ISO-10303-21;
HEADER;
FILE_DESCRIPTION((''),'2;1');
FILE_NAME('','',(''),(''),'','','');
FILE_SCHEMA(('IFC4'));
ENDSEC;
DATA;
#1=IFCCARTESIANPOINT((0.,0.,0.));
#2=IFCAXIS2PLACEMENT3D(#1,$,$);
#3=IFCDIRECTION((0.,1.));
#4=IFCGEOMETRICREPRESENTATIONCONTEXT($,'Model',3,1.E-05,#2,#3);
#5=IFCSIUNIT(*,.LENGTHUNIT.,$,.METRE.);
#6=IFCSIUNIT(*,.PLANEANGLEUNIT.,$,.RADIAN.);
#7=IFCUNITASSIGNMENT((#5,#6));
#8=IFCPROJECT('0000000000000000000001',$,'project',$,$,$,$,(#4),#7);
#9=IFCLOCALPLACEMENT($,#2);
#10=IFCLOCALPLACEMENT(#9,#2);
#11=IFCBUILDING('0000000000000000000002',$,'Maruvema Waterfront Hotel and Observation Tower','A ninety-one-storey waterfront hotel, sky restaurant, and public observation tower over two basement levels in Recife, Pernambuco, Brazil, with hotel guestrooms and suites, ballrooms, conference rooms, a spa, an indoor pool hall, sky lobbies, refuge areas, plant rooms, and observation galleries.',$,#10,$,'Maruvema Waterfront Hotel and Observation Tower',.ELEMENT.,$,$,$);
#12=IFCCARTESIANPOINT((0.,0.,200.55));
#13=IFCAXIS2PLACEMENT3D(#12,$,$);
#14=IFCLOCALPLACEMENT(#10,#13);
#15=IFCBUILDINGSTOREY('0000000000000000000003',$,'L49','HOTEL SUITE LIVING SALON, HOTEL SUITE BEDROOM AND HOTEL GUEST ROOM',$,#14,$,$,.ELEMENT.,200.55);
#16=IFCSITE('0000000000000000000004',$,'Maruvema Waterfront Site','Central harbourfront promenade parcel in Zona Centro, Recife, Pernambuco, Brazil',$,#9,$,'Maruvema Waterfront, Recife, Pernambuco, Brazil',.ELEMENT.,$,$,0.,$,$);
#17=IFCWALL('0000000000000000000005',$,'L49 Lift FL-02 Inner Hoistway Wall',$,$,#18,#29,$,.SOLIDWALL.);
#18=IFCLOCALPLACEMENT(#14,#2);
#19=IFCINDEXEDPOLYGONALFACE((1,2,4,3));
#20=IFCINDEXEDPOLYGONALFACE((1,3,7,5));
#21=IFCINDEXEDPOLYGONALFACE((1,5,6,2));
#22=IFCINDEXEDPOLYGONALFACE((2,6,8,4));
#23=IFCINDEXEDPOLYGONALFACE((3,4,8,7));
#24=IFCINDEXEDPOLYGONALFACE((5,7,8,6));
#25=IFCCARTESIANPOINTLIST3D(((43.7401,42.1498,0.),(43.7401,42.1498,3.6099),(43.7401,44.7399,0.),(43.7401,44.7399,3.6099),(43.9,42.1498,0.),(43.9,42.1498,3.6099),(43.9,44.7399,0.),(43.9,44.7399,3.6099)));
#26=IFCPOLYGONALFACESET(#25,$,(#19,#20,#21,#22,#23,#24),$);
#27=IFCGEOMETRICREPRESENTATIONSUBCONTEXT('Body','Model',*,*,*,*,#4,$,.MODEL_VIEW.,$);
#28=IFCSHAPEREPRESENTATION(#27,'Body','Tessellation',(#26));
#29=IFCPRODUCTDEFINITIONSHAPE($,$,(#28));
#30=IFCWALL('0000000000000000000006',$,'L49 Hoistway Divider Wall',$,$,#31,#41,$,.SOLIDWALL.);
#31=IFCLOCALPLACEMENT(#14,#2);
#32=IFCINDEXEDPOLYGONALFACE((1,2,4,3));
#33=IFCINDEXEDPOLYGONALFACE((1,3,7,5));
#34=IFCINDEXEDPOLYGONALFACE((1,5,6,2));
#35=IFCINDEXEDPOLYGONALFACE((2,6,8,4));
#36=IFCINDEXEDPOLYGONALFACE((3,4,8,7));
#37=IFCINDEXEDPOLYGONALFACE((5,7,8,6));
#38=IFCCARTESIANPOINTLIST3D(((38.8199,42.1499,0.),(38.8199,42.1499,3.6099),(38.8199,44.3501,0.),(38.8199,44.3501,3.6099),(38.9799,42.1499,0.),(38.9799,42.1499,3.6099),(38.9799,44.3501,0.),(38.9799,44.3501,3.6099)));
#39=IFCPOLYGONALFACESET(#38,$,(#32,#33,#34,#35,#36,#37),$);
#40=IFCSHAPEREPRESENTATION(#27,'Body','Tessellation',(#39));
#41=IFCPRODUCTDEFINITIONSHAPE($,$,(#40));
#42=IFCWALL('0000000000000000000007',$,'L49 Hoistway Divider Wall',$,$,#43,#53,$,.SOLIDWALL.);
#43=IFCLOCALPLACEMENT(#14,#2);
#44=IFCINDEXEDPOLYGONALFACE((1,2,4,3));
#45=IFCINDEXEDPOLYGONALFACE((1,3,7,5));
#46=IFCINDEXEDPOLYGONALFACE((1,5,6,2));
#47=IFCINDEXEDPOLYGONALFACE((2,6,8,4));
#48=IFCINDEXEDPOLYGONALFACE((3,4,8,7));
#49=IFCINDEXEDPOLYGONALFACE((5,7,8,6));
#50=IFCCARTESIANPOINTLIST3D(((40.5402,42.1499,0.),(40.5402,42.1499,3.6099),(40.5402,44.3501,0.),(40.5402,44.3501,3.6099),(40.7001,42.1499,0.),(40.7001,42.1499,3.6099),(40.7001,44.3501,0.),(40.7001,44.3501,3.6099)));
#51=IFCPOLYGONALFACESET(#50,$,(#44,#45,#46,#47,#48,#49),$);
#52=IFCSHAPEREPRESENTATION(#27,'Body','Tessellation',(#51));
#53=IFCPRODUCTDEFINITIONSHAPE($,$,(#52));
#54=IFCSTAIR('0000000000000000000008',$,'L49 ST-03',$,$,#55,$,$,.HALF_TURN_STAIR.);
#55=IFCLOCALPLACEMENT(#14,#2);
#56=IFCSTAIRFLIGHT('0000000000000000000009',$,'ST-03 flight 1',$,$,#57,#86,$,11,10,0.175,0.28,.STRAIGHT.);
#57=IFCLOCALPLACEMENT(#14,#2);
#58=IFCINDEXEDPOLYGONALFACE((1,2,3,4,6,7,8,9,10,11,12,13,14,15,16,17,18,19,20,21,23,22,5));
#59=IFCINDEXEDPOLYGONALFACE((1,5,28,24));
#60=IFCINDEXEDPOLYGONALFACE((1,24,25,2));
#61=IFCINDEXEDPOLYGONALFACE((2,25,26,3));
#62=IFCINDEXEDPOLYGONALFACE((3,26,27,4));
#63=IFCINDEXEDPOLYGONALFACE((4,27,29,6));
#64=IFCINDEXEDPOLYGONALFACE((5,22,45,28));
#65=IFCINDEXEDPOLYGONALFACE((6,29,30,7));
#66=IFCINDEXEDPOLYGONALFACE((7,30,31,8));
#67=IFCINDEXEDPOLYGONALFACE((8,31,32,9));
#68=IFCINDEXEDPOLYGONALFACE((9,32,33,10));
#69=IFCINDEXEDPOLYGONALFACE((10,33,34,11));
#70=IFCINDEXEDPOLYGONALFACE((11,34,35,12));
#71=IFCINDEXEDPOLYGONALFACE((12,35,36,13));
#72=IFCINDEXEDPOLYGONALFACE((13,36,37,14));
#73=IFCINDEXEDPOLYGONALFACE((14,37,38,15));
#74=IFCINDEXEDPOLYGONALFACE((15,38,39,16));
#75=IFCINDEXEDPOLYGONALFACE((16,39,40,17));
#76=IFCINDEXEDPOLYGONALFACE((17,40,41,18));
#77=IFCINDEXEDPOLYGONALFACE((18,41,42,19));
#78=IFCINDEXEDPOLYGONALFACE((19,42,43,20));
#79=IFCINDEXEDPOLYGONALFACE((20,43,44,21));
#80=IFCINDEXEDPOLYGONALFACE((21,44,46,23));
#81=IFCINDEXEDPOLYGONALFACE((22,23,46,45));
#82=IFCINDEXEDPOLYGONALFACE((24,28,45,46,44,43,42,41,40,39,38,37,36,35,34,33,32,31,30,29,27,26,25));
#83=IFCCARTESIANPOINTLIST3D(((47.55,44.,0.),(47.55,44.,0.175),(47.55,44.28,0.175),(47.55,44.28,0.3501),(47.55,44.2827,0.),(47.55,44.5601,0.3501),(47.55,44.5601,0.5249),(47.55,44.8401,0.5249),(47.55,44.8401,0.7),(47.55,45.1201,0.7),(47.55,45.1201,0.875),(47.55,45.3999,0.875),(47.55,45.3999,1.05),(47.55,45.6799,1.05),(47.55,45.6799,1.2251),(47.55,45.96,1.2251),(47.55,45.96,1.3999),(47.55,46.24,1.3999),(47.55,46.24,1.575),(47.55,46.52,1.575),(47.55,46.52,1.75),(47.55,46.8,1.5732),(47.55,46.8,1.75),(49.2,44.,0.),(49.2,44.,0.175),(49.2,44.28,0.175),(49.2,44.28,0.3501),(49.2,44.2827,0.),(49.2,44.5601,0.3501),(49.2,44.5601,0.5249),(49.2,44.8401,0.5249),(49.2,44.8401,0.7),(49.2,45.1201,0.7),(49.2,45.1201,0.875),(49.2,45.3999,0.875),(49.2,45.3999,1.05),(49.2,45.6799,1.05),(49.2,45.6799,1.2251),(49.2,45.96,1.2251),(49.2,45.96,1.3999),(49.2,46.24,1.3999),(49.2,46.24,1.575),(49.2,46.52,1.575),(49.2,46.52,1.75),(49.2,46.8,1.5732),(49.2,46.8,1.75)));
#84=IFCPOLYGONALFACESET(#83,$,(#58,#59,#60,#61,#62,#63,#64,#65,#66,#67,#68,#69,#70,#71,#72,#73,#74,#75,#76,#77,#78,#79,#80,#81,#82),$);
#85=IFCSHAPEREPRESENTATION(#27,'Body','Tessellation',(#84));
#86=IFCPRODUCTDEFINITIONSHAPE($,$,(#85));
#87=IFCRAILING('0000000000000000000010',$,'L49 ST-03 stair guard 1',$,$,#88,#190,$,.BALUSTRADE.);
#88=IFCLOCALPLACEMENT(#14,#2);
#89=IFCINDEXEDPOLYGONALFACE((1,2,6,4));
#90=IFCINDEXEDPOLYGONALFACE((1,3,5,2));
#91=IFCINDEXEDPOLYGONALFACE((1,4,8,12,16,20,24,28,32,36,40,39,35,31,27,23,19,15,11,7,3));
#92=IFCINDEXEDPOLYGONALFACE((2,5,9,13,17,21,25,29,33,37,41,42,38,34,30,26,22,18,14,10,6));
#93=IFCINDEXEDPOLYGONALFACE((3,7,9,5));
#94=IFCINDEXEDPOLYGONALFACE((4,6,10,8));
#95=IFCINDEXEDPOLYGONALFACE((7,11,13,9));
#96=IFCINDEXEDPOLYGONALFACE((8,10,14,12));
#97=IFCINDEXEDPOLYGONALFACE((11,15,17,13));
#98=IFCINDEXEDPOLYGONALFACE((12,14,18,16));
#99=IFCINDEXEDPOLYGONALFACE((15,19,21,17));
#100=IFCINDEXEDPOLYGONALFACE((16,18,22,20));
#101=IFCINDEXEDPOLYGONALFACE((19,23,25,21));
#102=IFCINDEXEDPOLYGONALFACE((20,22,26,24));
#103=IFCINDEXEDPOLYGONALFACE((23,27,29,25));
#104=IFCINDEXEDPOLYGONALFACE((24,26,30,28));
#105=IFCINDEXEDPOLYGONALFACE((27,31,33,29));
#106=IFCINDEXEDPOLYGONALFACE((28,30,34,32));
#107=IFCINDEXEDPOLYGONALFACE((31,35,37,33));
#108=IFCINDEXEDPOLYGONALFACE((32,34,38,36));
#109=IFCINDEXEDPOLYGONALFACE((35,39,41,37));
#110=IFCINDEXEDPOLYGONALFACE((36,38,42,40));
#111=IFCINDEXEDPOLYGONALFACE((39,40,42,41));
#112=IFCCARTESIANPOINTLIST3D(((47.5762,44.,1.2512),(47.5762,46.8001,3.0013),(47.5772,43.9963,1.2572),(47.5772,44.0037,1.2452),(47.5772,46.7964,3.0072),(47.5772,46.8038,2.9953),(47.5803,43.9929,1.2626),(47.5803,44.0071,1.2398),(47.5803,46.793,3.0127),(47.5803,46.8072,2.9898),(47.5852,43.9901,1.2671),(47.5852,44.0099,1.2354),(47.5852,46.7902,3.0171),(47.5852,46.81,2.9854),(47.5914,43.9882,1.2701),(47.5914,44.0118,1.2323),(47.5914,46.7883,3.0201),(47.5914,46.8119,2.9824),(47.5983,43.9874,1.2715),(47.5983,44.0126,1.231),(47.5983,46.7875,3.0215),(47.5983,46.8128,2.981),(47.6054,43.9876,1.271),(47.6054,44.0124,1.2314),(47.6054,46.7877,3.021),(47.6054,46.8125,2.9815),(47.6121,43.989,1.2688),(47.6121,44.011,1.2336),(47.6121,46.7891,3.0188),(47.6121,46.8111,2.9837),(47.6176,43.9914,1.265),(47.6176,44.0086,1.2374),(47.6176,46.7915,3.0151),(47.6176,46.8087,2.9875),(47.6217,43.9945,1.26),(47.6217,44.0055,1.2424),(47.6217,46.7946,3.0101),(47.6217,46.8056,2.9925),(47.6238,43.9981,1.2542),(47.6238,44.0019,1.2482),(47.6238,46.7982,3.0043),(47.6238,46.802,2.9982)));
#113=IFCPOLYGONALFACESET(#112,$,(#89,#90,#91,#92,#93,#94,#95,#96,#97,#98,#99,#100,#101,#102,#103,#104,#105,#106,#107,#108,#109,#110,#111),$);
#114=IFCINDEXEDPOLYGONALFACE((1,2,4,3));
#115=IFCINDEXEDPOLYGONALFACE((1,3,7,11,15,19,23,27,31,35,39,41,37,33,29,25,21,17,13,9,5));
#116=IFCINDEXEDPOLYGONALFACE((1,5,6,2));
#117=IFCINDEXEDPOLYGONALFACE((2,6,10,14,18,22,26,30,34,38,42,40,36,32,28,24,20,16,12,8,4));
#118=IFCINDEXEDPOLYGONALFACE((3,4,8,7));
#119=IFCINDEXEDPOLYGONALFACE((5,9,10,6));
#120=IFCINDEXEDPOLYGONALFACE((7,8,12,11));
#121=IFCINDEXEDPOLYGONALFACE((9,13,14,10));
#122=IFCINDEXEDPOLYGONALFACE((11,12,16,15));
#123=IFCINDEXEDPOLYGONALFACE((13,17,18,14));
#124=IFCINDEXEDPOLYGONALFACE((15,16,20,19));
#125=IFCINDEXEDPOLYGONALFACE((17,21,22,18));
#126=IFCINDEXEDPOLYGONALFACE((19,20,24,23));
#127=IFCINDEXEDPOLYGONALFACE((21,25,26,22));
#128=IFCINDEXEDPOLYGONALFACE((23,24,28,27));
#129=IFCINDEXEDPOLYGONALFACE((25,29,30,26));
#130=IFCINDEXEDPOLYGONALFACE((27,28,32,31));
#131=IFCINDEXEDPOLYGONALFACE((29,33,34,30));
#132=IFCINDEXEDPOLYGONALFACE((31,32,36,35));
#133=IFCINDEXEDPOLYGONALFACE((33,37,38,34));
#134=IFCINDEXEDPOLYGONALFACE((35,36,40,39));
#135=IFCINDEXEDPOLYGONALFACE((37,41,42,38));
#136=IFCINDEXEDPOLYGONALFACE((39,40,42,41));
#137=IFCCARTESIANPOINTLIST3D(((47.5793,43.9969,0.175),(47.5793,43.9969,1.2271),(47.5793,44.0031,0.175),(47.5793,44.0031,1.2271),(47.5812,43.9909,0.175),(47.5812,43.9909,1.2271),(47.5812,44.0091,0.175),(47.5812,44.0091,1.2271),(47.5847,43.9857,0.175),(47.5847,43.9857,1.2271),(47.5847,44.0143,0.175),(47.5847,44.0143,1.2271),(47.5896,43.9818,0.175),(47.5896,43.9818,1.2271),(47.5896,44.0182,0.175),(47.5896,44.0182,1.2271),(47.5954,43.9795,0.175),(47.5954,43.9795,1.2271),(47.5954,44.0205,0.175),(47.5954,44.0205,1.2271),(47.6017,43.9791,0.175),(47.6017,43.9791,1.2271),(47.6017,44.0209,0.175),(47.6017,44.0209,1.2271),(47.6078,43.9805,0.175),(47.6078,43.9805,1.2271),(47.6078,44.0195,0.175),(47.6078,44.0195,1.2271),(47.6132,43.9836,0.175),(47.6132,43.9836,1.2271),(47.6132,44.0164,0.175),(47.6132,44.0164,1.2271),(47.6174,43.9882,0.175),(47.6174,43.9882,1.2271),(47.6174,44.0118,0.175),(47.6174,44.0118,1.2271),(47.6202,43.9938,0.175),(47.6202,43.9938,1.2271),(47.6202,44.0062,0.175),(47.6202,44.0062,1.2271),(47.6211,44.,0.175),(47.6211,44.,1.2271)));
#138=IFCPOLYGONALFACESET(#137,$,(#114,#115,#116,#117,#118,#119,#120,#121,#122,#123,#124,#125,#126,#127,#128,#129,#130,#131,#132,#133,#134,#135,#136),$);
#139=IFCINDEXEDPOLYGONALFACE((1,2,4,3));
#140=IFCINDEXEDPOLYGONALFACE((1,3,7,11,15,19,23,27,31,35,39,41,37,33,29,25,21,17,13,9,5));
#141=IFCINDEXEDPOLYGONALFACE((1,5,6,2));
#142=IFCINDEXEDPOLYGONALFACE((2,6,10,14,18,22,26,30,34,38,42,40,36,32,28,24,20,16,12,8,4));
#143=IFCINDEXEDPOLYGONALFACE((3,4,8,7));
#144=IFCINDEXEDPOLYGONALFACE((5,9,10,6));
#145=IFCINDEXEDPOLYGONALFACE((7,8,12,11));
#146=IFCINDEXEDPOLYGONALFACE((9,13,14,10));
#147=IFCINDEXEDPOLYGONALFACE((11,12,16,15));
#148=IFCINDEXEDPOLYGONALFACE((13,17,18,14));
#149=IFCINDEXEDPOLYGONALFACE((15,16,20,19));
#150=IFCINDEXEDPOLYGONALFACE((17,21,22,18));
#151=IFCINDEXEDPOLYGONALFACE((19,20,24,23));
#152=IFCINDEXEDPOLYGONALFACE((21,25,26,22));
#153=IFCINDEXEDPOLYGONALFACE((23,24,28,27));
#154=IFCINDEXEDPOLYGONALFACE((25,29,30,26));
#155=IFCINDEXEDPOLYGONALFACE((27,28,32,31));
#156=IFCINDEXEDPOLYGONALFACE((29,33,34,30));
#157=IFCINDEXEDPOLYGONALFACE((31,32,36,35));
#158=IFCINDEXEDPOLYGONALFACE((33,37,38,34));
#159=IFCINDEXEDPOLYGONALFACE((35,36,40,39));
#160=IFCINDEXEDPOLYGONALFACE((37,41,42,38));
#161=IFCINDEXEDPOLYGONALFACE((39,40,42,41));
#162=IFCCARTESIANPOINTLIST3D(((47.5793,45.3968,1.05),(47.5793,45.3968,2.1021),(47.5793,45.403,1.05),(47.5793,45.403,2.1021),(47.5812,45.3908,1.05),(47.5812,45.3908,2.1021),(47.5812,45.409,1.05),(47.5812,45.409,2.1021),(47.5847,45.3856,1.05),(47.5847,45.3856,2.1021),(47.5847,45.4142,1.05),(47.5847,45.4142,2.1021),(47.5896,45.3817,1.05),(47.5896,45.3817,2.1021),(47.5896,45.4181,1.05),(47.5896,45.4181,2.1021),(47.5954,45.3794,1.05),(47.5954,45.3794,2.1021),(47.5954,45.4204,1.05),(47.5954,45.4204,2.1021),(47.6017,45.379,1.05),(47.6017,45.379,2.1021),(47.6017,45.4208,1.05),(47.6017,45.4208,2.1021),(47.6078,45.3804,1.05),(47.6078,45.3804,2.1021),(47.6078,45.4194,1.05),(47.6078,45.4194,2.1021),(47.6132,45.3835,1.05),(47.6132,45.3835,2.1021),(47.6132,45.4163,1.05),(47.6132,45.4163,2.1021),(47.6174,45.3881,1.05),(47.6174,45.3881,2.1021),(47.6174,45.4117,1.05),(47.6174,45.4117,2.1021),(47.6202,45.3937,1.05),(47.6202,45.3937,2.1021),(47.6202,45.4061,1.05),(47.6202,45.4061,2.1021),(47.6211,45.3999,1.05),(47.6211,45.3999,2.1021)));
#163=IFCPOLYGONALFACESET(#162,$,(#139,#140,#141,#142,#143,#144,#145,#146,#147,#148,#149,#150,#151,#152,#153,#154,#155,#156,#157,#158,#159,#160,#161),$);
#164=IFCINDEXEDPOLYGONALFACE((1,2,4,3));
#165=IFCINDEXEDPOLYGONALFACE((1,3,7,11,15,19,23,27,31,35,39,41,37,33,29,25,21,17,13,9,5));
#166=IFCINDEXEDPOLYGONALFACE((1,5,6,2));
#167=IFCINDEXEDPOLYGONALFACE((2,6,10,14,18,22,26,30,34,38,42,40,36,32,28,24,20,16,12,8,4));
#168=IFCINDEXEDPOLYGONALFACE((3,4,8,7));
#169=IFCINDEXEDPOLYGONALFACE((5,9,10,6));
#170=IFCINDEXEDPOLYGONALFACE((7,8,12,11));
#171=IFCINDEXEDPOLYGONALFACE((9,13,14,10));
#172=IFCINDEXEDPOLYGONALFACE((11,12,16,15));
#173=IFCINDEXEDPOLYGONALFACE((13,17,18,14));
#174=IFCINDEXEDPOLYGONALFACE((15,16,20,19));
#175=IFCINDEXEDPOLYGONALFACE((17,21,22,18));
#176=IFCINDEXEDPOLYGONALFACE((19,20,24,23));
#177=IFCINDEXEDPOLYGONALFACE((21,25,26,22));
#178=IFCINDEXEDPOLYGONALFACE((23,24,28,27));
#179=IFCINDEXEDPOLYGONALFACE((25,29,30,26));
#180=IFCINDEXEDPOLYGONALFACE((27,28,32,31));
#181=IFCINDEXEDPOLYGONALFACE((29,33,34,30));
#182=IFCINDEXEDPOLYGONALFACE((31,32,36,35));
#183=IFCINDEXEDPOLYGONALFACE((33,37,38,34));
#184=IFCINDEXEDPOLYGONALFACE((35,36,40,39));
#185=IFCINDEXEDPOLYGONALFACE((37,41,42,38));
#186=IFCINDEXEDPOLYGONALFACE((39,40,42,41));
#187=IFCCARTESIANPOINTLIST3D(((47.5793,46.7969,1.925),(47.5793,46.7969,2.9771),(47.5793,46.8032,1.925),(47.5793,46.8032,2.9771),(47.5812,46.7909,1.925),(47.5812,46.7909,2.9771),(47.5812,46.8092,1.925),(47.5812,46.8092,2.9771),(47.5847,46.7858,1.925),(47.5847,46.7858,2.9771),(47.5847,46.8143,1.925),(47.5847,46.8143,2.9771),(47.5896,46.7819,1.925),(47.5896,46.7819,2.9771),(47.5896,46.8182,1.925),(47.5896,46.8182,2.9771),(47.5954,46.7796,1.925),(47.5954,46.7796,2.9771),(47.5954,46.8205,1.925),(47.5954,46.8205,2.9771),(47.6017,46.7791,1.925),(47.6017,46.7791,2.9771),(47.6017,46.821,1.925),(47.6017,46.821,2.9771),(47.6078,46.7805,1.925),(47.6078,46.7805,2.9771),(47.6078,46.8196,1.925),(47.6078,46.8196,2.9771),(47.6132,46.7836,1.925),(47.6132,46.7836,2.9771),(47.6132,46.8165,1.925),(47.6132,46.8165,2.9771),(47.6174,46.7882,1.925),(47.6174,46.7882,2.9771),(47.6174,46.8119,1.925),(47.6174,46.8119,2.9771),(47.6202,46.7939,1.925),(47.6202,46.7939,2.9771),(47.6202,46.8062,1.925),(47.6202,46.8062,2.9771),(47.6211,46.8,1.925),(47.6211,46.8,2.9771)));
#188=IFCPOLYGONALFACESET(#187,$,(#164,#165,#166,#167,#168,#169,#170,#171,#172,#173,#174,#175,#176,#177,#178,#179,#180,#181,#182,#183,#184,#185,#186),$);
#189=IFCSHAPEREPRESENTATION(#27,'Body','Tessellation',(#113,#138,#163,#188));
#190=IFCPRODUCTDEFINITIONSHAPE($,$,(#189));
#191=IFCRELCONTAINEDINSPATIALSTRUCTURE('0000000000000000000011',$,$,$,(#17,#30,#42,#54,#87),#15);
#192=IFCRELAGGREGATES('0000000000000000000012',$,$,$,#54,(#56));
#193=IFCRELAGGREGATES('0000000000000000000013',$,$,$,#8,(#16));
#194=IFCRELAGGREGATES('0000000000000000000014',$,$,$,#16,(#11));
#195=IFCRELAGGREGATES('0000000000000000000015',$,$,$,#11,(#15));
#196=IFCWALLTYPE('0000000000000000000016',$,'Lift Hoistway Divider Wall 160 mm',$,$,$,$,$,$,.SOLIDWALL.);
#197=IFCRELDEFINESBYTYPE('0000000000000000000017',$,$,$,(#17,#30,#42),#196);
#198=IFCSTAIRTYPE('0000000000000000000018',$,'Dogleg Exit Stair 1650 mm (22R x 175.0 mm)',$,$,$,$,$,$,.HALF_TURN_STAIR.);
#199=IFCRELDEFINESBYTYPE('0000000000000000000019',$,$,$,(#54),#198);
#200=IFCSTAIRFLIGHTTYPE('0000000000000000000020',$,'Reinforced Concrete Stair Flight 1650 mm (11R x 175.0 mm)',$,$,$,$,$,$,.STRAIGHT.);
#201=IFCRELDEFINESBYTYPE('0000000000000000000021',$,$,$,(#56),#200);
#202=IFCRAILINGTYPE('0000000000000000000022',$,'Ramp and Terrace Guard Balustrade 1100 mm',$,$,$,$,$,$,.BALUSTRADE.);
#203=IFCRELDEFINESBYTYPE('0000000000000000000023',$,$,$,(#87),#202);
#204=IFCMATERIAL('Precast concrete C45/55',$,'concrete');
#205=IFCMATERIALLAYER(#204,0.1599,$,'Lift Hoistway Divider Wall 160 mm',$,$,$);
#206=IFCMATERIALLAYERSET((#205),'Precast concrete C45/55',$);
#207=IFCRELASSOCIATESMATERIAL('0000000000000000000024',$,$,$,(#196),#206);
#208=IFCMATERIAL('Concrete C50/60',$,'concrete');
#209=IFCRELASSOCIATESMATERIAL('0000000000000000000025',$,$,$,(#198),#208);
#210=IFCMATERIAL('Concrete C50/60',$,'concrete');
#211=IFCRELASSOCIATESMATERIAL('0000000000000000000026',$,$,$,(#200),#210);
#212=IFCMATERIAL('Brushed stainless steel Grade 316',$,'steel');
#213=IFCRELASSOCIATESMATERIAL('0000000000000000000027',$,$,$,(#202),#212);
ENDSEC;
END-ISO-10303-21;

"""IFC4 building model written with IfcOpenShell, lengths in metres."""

from ifc_helpers import new_model, si_unit, direction, frame, frame_2d, origin, origin_2d, place, context, subcontext, project, spatial, polyline, rectangle, circle, outline, extrude, material, layer, layer_set, type_object, element, aggregate, save


model = new_model("IFC4")

# Units and contexts
model_context = context("Model", 3, precision=1e-05, world=origin(), true_north=direction((0.0, 1.0)))
body_context = subcontext(model_context, "Body", "Model", "MODEL_VIEW")
ifc_project = project(units=[si_unit("LENGTHUNIT", "METRE"), si_unit("PLANEANGLEUNIT", "RADIAN")], contexts=[model_context])

# Site, building, storey
site_placement = place(None, origin())
site = spatial("IfcSite", under=ifc_project, at=site_placement, Name="Maruvema Waterfront Site", Description="Central harbourfront promenade parcel in Zona Centro, Recife, Pernambuco, Brazil", LongName="Maruvema Waterfront, Recife, Pernambuco, Brazil", CompositionType="ELEMENT", RefElevation=0.0)
building_placement = place(site_placement, origin())
building = spatial("IfcBuilding", under=site, at=building_placement, Name="Maruvema Waterfront Hotel and Observation Tower", Description="A ninety-one-storey waterfront hotel, sky restaurant, and public observation tower over two basement levels in Recife, Pernambuco, Brazil, with hotel guestrooms and suites, ballrooms, conference rooms, a spa, an indoor pool hall, sky lobbies, refuge areas, plant rooms, and observation galleries.", LongName="Maruvema Waterfront Hotel and Observation Tower", CompositionType="ELEMENT")
storey_placement = place(building_placement, frame((0.0, 0.0, 200.55)))
storey = spatial("IfcBuildingStorey", under=building, at=storey_placement, Name="L49", Description="HOTEL SUITE LIVING SALON, HOTEL SUITE BEDROOM AND HOTEL GUEST ROOM", CompositionType="ELEMENT", Elevation=200.55)

# Walls
ifc_material_1 = material(Name="Precast concrete C45/55", Category="concrete")
ifc_layer_1 = layer(ifc_material_1, 0.1599, Name="Lift Hoistway Divider Wall 160 mm")
ifc_layer_set_1 = layer_set([ifc_layer_1], Name="Precast concrete C45/55")
wall_type_1 = type_object("IfcWallType", Name="Lift Hoistway Divider Wall 160 mm", PredefinedType="SOLIDWALL", material=ifc_layer_set_1)
wall_1_placement = place(storey_placement, frame((43.8201, 42.1499, 0.0), z_axis=(0.0, 0.0, 1.0), x_axis=(0.0, 1.0, 0.0)))
element("IfcWall", 1, at=wall_1_placement, inside=storey, type_object=wall_type_1, Name="L49 Lift FL-02 Inner Hoistway Wall", PredefinedType="SOLIDWALL", context=body_context, shape_type="SweptSolid", body=[
    extrude(rectangle(XDim=2.5901, YDim=0.1599, at=frame_2d((1.2949, 0.0))), origin(), (0.0, 0.0, 1.0), 3.6099),
])
for number, where, z_axis, x_axis, name in (
    (2, (38.8999, 42.1499, 0.0), (0.0, 0.0, 1.0), (0.0, 1.0, 0.0), "L49 Hoistway Divider Wall"),
    (3, (40.6201, 42.1499, 0.0), (0.0, 0.0, 1.0), (0.0, 1.0, 0.0), "L49 Hoistway Divider Wall"),
):
    element("IfcWall", number, at=place(storey_placement, frame(where, z_axis=z_axis, x_axis=x_axis)), inside=storey, type_object=wall_type_1, Name=name, PredefinedType="SOLIDWALL", context=body_context, shape_type="SweptSolid", body=[
        extrude(rectangle(XDim=2.2002, YDim=0.1599, at=frame_2d((1.1001, 0.0))), origin(), (0.0, 0.0, 1.0), 3.6099),
    ])

# Stair, stair flight
ifc_material_2 = material(Name="Concrete C50/60", Category="concrete")
stair_type = type_object("IfcStairType", Name="Dogleg Exit Stair 1650 mm (22R x 175.0 mm)", PredefinedType="HALF_TURN_STAIR", material=ifc_material_2)
stair_placement = place(storey_placement, origin())
stair = element("IfcStair", 4, at=stair_placement, inside=storey, type_object=stair_type, Name="L49 ST-03", PredefinedType="HALF_TURN_STAIR")
ifc_material_3 = material(Name="Concrete C50/60", Category="concrete")
stair_flight_type = type_object("IfcStairFlightType", Name="Reinforced Concrete Stair Flight 1650 mm (11R x 175.0 mm)", PredefinedType="STRAIGHT", material=ifc_material_3)
stair_flight_placement = place(storey_placement, frame((48.375, 44.0, 0.0), z_axis=(0.0, 0.0, 1.0), x_axis=(0.0, 1.0, 0.0)))
stair_flight = element("IfcStairFlight", 5, at=stair_flight_placement, type_object=stair_flight_type, Name="ST-03 flight 1", NumberOfRisers=11, NumberOfTreads=10, PredefinedType="STRAIGHT", RiserHeight=0.175, TreadLength=0.28, context=body_context, shape_type="SweptSolid", body=[
    extrude(outline(polyline([(0.0, 0.0), (0.0, 0.175), (0.28, 0.175), (0.28, 0.3501), (0.5601, 0.3501), (0.5601, 0.5249), (0.8401, 0.5249), (0.8401, 0.7), (1.1201, 0.7), (1.1201, 0.875), (1.3999, 0.875), (1.3999, 1.05), (1.6799, 1.05), (1.6799, 1.2251), (1.96, 1.2251), (1.96, 1.3999), (2.24, 1.3999), (2.24, 1.575), (2.52, 1.575), (2.52, 1.75), (2.8, 1.75), (2.8, 1.925), (2.8, 1.5732), (0.2827, 0.0), (0.0, 0.0)])), frame((0.0, 0.825, 0.0), z_axis=(0.0, -1.0, 0.0), x_axis=(1.0, 0.0, 0.0)), (0.0, 0.0, 1.0), 1.6499),
])
aggregate(stair, [stair_flight])

# Railing
ifc_material_4 = material(Name="Brushed stainless steel Grade 316", Category="steel")
railing_type = type_object("IfcRailingType", Name="Ramp and Terrace Guard Balustrade 1100 mm", PredefinedType="BALUSTRADE", material=ifc_material_4)
railing_1_placement = place(storey_placement, frame((47.6001, 44.0, 0.175)))
element("IfcRailing", 6, at=railing_1_placement, inside=storey, type_object=railing_type, Name="L49 ST-03 stair guard 1", PredefinedType="BALUSTRADE", context=body_context, shape_type="SweptSolid", body=[
    extrude(circle(Radius=0.0239, at=origin_2d()), frame((0.0, 0.0, 1.0762), z_axis=(0.0, 0.848002, 0.529992), x_axis=(-1.0, 0.0, 0.0)), (0.0, 0.0, 1.0), 3.302),
    extrude(circle(Radius=0.021, at=origin_2d()), origin(), (0.0, 0.0, 1.0), 1.052),
    extrude(circle(Radius=0.021, at=origin_2d()), frame((0.0, 1.3999, 0.875)), (0.0, 0.0, 1.0), 1.052),
    extrude(circle(Radius=0.021, at=origin_2d()), frame((0.0, 2.8, 1.75)), (0.0, 0.0, 1.0), 1.052),
])

save(model, "model.ifc")
